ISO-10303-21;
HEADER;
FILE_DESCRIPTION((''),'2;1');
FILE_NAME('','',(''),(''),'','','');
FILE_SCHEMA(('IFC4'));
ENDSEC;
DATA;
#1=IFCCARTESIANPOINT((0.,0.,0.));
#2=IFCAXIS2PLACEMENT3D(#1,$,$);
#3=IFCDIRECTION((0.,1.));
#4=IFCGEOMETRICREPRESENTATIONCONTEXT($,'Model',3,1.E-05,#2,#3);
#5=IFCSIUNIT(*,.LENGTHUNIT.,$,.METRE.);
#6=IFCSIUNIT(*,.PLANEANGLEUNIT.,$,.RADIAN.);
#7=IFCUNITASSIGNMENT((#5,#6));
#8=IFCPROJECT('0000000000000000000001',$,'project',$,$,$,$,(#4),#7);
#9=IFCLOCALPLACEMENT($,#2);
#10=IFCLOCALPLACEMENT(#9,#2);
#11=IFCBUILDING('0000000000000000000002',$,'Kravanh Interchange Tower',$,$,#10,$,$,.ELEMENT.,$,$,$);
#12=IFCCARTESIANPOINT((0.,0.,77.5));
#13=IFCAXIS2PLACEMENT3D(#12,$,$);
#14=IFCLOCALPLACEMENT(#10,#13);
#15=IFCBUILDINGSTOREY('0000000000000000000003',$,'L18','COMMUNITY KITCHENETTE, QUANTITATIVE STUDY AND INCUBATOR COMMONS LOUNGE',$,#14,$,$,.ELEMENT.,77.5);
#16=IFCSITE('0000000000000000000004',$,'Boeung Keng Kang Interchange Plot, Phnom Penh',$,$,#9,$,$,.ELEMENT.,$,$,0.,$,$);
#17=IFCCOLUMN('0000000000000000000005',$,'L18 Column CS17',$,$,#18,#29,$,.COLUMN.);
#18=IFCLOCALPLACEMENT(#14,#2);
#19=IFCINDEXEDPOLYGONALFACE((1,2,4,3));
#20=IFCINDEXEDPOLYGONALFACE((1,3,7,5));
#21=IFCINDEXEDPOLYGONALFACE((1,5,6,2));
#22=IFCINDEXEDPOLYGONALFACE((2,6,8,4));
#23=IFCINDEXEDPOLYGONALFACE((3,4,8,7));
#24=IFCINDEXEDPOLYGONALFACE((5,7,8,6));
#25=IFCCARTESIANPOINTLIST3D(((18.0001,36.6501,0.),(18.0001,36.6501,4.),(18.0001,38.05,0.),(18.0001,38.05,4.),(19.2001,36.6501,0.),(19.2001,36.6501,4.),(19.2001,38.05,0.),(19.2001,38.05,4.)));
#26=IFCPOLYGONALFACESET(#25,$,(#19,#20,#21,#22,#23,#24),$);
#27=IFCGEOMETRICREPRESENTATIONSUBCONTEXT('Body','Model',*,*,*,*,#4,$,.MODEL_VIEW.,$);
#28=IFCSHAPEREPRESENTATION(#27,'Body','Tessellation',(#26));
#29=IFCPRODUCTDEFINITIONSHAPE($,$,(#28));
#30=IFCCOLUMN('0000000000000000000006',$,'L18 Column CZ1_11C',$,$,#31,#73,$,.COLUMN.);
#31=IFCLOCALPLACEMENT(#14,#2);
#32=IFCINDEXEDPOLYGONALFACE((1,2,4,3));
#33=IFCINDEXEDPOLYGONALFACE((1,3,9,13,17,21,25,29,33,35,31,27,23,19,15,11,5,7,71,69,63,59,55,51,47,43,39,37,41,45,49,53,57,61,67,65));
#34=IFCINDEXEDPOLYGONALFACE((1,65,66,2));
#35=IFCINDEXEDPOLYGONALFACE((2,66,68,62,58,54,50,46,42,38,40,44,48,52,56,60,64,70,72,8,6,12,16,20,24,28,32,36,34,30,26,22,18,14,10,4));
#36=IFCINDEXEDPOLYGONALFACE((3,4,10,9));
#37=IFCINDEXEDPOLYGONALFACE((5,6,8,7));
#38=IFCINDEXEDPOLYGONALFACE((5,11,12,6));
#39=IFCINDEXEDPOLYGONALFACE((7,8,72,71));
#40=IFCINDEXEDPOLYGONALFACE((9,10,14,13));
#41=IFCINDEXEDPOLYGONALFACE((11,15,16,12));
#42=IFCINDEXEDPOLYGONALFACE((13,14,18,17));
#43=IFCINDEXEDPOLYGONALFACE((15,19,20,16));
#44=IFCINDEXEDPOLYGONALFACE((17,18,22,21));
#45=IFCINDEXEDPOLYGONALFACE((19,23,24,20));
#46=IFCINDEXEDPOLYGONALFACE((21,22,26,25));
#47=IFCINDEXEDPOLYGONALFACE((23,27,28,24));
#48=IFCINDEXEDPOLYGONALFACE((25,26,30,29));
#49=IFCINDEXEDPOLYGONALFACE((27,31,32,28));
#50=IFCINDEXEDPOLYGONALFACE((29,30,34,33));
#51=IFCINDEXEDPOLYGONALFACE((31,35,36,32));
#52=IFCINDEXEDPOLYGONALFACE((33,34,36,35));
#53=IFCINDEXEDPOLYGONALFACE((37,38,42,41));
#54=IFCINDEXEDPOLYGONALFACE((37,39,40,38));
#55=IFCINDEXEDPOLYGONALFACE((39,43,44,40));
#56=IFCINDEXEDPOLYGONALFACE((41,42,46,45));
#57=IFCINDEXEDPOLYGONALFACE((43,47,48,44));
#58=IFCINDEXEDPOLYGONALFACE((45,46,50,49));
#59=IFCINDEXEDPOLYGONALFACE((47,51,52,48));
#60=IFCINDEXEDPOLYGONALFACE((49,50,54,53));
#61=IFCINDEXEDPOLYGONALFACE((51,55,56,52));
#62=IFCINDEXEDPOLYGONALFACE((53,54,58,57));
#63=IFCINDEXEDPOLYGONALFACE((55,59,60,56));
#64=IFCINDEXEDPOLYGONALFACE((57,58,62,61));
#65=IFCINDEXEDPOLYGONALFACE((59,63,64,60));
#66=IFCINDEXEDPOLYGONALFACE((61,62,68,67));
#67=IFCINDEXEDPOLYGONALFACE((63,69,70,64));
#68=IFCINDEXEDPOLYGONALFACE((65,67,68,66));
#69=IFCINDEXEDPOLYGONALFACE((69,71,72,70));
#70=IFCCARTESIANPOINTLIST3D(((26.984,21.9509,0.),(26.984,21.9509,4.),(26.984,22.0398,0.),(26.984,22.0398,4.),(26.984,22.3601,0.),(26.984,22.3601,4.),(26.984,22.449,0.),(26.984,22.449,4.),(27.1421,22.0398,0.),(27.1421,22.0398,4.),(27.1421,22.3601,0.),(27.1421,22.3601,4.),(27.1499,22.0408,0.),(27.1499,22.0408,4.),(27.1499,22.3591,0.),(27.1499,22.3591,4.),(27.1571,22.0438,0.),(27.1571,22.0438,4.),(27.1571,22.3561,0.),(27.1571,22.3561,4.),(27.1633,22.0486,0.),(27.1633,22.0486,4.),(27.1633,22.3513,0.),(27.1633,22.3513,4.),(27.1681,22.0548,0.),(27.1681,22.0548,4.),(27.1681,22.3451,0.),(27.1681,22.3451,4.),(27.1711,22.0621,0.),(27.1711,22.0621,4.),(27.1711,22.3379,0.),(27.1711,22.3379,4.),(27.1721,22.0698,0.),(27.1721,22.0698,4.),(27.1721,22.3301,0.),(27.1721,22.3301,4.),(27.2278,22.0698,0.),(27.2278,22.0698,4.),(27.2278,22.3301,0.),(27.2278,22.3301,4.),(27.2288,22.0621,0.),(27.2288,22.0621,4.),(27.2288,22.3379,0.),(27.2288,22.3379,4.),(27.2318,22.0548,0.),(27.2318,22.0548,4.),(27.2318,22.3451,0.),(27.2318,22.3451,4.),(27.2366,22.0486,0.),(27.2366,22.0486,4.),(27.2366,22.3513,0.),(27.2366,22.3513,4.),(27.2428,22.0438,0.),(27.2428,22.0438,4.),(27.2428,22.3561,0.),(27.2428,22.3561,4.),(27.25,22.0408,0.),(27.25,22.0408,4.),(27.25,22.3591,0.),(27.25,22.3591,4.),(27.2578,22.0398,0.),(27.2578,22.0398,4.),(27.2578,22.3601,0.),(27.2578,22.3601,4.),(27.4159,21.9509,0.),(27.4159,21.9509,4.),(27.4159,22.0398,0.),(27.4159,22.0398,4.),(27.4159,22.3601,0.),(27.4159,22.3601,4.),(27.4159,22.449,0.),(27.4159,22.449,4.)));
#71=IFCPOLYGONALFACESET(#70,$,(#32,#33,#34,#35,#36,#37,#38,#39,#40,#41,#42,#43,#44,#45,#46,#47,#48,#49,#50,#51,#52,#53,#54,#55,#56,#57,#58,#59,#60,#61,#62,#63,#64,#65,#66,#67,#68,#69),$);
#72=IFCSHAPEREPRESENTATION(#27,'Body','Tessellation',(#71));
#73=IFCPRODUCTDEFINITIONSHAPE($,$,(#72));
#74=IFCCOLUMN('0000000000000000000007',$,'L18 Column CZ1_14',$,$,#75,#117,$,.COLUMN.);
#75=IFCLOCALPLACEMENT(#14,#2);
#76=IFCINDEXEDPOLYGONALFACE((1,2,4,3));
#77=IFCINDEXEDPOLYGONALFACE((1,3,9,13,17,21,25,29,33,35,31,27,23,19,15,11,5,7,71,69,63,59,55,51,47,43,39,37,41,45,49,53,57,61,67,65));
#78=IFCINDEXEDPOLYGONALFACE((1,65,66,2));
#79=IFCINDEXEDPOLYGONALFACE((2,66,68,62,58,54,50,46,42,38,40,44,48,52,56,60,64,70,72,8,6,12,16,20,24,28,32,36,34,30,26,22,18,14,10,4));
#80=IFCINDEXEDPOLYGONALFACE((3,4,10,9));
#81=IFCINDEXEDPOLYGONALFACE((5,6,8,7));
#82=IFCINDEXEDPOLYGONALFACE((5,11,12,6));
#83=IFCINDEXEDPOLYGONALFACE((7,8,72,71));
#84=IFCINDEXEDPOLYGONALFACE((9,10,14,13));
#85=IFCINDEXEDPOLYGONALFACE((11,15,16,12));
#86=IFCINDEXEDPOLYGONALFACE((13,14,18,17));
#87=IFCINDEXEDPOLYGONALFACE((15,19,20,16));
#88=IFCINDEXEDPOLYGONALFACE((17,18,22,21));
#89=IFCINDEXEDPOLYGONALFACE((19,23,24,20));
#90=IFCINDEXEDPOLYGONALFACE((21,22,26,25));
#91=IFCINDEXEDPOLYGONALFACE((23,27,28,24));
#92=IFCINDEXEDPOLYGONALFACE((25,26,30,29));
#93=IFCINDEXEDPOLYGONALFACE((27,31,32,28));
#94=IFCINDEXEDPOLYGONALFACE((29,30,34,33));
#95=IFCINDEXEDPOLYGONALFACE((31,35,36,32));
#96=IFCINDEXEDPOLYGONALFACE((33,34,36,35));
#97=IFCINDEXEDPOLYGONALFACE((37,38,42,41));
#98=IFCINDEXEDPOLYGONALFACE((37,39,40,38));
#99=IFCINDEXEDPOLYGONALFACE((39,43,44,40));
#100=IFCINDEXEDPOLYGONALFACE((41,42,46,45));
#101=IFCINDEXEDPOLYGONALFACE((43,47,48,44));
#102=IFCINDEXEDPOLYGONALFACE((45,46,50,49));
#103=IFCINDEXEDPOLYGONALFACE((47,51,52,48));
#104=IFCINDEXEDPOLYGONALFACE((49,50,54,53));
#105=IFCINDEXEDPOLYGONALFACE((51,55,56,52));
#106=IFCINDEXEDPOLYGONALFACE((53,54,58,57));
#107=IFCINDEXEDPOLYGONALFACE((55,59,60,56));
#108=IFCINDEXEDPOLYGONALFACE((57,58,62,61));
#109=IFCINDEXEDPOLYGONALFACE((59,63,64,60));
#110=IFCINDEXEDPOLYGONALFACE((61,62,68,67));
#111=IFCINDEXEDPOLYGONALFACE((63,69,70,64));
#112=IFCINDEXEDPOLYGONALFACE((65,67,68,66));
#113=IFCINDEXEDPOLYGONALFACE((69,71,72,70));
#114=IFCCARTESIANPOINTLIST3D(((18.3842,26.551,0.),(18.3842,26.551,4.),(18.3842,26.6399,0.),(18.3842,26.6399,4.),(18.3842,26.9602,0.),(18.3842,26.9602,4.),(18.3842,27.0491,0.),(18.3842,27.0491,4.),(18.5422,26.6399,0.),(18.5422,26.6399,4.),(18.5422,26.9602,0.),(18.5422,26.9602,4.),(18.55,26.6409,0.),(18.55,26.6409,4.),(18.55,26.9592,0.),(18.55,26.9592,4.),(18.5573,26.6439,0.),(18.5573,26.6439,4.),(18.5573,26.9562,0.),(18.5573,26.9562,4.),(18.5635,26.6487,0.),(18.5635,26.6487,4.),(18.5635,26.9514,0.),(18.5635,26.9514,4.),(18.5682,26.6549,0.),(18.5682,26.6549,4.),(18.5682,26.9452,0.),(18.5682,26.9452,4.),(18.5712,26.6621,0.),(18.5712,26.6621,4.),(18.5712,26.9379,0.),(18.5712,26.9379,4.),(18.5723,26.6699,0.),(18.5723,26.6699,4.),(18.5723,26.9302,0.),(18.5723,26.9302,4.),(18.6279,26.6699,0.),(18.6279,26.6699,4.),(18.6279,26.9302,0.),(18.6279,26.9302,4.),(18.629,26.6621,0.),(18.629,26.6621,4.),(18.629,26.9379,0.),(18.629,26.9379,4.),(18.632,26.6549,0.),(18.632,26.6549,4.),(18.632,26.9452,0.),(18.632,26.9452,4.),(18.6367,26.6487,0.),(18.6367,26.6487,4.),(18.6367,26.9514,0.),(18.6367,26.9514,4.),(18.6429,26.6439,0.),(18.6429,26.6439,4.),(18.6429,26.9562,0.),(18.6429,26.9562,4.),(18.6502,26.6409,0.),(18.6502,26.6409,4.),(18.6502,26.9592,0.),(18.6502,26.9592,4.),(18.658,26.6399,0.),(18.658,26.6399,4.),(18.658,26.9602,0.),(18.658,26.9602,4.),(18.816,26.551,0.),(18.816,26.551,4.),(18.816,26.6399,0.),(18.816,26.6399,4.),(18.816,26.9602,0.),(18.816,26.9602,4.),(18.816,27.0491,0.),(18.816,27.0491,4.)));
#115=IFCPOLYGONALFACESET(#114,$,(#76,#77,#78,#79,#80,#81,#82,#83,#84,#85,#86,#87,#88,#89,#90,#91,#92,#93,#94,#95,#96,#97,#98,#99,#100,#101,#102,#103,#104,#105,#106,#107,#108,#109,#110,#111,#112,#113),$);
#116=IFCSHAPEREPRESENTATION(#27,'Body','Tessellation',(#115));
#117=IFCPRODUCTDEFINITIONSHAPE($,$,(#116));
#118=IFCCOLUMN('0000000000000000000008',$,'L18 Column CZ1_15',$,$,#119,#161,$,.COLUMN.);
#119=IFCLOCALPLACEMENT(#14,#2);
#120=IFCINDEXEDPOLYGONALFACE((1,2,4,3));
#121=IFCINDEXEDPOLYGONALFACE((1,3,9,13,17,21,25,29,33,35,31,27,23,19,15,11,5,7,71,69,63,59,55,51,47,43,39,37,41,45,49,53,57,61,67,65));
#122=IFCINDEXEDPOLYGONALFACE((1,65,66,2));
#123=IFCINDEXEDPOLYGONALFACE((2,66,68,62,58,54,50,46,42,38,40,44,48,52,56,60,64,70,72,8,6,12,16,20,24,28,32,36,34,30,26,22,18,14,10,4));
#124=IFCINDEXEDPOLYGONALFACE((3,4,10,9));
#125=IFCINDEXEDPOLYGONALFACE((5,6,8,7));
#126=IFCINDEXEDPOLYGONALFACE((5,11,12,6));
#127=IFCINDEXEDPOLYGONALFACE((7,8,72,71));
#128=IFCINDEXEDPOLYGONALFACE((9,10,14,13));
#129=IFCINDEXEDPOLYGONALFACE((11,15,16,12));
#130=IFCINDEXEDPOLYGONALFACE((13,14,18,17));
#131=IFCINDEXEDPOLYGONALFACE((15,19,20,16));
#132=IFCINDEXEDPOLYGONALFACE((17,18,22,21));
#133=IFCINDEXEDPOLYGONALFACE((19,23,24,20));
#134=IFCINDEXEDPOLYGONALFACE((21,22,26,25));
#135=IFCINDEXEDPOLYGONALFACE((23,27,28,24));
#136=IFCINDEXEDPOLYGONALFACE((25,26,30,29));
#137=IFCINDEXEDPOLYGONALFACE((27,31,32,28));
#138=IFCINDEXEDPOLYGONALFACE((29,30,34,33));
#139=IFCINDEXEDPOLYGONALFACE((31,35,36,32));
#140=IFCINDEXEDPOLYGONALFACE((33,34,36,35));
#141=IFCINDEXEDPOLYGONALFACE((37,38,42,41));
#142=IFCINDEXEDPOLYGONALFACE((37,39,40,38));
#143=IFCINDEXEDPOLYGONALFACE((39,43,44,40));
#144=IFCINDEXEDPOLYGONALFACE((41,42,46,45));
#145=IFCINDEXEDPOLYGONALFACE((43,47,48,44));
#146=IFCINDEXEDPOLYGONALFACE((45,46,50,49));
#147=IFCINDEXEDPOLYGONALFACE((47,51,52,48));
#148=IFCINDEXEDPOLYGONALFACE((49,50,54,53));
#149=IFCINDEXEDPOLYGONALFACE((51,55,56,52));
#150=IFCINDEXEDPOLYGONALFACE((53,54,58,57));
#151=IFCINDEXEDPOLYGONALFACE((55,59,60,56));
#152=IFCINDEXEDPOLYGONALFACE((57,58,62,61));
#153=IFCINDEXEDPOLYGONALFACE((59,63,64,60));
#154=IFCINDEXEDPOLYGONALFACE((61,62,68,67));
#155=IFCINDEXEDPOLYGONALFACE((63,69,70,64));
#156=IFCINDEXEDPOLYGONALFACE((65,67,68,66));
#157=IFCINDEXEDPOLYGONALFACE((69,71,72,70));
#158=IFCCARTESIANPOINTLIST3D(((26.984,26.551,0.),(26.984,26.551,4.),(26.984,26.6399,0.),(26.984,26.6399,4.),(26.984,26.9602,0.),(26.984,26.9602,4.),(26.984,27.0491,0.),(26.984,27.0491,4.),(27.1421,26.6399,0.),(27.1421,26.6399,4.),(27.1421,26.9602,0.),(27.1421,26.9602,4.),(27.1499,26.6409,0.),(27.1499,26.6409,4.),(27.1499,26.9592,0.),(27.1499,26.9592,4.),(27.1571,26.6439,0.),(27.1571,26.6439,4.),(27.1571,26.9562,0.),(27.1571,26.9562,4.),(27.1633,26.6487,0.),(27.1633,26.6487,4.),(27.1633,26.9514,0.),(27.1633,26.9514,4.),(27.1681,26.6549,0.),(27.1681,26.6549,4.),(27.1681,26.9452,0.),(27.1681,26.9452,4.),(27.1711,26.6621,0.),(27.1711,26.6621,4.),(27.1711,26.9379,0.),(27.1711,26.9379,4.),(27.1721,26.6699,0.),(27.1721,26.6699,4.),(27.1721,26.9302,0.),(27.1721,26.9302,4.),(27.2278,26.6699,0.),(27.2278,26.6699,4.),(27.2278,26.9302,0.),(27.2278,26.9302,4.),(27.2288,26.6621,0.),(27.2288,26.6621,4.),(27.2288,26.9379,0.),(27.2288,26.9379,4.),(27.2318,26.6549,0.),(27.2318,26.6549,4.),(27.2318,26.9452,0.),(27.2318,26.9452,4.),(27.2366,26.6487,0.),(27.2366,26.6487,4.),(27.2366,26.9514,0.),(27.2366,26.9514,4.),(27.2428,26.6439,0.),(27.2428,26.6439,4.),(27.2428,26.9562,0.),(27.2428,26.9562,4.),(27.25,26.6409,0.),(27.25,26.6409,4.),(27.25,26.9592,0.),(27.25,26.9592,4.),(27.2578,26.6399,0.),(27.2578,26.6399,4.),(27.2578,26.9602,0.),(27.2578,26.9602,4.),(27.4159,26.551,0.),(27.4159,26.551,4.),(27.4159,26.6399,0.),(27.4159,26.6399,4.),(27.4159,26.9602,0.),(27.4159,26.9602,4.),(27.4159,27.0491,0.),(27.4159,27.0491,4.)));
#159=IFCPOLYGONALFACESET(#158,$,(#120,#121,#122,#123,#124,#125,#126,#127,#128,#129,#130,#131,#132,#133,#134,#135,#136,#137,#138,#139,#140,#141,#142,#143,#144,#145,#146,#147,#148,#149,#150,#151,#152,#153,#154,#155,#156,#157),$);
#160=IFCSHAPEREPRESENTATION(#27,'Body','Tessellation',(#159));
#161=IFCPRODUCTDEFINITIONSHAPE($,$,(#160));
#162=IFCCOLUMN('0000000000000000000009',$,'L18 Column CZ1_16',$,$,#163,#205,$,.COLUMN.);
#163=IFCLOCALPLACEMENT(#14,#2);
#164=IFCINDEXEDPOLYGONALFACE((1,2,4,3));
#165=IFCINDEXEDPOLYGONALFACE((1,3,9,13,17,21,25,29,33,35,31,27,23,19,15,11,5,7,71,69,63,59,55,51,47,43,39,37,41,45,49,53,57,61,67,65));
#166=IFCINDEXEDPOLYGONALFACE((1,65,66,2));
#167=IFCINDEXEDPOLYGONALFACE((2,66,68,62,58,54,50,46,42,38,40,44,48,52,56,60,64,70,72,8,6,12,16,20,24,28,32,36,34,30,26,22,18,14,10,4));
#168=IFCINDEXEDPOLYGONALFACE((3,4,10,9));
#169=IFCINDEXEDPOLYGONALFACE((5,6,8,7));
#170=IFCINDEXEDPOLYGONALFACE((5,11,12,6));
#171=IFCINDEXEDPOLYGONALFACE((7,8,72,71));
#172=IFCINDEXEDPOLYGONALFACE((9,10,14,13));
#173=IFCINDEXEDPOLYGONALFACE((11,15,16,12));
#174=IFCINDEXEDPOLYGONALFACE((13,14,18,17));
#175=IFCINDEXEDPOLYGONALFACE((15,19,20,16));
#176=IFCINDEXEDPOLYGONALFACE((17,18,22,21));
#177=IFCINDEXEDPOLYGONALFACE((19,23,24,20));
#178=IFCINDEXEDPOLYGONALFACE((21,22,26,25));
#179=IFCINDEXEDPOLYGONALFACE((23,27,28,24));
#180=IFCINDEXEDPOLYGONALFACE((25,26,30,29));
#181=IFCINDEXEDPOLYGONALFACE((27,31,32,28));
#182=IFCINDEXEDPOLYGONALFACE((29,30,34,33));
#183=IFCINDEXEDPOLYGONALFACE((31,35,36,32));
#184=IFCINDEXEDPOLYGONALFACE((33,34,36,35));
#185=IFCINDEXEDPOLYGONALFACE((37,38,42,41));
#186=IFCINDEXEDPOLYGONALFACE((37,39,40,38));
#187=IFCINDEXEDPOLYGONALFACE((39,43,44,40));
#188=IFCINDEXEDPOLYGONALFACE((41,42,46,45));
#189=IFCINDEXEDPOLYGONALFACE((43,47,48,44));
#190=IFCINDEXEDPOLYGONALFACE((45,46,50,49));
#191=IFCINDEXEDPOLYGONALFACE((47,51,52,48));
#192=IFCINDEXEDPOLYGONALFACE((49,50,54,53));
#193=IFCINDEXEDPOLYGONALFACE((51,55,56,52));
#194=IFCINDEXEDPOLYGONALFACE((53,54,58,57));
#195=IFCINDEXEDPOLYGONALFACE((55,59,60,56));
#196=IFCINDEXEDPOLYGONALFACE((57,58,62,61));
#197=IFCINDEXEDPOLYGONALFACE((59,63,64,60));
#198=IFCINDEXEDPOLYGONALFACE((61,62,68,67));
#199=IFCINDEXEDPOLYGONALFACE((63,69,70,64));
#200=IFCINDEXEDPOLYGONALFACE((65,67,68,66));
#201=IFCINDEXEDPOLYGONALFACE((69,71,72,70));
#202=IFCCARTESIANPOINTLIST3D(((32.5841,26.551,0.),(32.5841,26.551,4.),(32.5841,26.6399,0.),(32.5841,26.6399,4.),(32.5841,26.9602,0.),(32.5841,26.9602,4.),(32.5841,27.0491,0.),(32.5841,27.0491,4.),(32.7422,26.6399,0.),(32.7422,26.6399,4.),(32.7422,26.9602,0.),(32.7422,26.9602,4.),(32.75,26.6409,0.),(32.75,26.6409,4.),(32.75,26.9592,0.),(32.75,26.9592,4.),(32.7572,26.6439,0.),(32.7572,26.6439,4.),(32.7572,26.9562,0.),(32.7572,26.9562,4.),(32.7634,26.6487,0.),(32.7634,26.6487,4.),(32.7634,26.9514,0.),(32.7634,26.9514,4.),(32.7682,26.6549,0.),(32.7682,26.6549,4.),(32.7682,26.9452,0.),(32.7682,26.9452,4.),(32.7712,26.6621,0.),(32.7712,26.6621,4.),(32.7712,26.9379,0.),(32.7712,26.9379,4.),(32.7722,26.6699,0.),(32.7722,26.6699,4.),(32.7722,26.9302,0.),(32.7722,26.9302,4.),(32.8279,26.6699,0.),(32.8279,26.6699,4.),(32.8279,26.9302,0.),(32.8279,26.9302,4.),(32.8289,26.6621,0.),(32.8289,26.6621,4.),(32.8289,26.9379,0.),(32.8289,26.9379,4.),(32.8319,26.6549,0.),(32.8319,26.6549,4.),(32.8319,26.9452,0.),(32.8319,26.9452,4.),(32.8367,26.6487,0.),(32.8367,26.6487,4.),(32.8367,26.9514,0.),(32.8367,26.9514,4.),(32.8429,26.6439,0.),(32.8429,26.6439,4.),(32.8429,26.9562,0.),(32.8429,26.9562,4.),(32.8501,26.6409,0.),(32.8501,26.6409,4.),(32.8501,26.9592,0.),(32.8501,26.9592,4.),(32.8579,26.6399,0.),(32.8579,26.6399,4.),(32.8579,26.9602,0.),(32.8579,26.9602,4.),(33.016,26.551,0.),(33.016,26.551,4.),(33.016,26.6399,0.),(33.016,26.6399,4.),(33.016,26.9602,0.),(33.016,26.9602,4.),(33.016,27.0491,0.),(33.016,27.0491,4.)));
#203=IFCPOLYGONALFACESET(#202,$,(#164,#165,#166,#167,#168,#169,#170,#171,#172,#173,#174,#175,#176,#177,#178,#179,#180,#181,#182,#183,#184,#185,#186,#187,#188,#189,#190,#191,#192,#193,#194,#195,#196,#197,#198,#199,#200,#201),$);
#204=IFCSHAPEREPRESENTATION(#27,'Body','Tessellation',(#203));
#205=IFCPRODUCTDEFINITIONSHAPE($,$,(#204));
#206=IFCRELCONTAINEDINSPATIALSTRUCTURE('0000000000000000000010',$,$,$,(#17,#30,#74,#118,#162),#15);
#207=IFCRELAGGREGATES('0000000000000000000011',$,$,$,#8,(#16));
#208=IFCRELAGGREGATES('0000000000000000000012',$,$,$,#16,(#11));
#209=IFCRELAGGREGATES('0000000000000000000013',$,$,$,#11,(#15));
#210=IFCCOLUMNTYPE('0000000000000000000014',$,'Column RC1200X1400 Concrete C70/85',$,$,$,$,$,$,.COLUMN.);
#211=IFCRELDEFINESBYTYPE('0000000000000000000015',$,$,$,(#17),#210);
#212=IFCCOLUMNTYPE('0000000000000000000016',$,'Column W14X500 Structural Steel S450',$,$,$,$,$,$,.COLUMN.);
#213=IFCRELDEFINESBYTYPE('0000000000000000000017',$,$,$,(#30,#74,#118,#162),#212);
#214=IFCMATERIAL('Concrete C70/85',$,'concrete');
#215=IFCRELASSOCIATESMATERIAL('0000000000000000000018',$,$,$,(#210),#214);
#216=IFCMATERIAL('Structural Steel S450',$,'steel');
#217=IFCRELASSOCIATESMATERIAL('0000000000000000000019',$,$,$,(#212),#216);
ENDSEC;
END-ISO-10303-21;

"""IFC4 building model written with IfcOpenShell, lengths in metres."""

from ifc_helpers import new_model, si_unit, direction, frame, origin, origin_2d, place, context, subcontext, project, spatial, rectangle, i_section, extrude, material, material_profile, profile_set, type_object, element, save


model = new_model("IFC4")

# Units and contexts
model_context = context("Model", 3, precision=1e-05, world=origin(), true_north=direction((0.0, 1.0)))
body_context = subcontext(model_context, "Body", "Model", "MODEL_VIEW")
ifc_project = project(units=[si_unit("LENGTHUNIT", "METRE"), si_unit("PLANEANGLEUNIT", "RADIAN")], contexts=[model_context])

# Site, building, storey
site_placement = place(None, origin())
site = spatial("IfcSite", under=ifc_project, at=site_placement, Name="Boeung Keng Kang Interchange Plot, Phnom Penh", CompositionType="ELEMENT", RefElevation=0.0)
building_placement = place(site_placement, origin())
building = spatial("IfcBuilding", under=site, at=building_placement, Name="Kravanh Interchange Tower", CompositionType="ELEMENT")
storey_placement = place(building_placement, frame((0.0, 0.0, 77.5)))
storey = spatial("IfcBuildingStorey", under=building, at=storey_placement, Name="L18", Description="COMMUNITY KITCHENETTE, QUANTITATIVE STUDY AND INCUBATOR COMMONS LOUNGE", CompositionType="ELEMENT", Elevation=77.5)

# Columns
ifc_material_1 = material(Name="Concrete C70/85", Category="concrete")
ifc_material_profile_1 = material_profile(ifc_material_1, rectangle(XDim=1.2, YDim=1.3999, at=origin_2d()), Name="RC1200X1400")
ifc_profile_set_1 = profile_set([ifc_material_profile_1], Name="Concrete C70/85")
column_type_1 = type_object("IfcColumnType", Name="Column RC1200X1400 Concrete C70/85", PredefinedType="COLUMN", material=ifc_profile_set_1)
column_placement = place(storey_placement, frame((18.6001, 37.3501, 0.0), z_axis=(0.0, 0.0, 1.0), x_axis=(1.0, 0.0, 0.0)))
element("IfcColumn", 1, at=column_placement, inside=storey, type_object=column_type_1, Name="L18 Column CS17", PredefinedType="COLUMN", context=body_context, shape_type="SweptSolid", body=[
    extrude(rectangle(XDim=1.2, YDim=1.3999, at=origin_2d()), origin(), (0.0, 0.0, 1.0), 4.0),
])
ifc_material_2 = material(Name="Structural Steel S450", Category="steel")
ifc_material_profile_2 = material_profile(ifc_material_2, i_section(OverallWidth=0.4319, OverallDepth=0.498, WebThickness=0.0557, FlangeThickness=0.0889, FilletRadius=0.03, at=origin_2d()), Name="W14X500")
ifc_profile_set_2 = profile_set([ifc_material_profile_2], Name="Structural Steel S450")
column_type_2 = type_object("IfcColumnType", Name="Column W14X500 Structural Steel S450", PredefinedType="COLUMN", material=ifc_profile_set_2)
for number, where, z_axis, x_axis, name in (
    (2, (27.2, 22.2, 0.0), (0.0, 0.0, 1.0), (1.0, 0.0, 0.0), "L18 Column CZ1_11C"),
    (3, (18.6001, 26.8, 0.0), (0.0, 0.0, 1.0), (1.0, 0.0, 0.0), "L18 Column CZ1_14"),
    (4, (27.2, 26.8, 0.0), (0.0, 0.0, 1.0), (1.0, 0.0, 0.0), "L18 Column CZ1_15"),
    (5, (32.8, 26.8, 0.0), (0.0, 0.0, 1.0), (1.0, 0.0, 0.0), "L18 Column CZ1_16"),
):
    element("IfcColumn", number, at=place(storey_placement, frame(where, z_axis=z_axis, x_axis=x_axis)), inside=storey, type_object=column_type_2, Name=name, PredefinedType="COLUMN", context=body_context, shape_type="SweptSolid", body=[
        extrude(i_section(OverallWidth=0.4319, OverallDepth=0.498, WebThickness=0.0557, FlangeThickness=0.0889, FilletRadius=0.03, at=origin_2d()), origin(), (0.0, 0.0, 1.0), 4.0),
    ])

save(model, "model.ifc")
